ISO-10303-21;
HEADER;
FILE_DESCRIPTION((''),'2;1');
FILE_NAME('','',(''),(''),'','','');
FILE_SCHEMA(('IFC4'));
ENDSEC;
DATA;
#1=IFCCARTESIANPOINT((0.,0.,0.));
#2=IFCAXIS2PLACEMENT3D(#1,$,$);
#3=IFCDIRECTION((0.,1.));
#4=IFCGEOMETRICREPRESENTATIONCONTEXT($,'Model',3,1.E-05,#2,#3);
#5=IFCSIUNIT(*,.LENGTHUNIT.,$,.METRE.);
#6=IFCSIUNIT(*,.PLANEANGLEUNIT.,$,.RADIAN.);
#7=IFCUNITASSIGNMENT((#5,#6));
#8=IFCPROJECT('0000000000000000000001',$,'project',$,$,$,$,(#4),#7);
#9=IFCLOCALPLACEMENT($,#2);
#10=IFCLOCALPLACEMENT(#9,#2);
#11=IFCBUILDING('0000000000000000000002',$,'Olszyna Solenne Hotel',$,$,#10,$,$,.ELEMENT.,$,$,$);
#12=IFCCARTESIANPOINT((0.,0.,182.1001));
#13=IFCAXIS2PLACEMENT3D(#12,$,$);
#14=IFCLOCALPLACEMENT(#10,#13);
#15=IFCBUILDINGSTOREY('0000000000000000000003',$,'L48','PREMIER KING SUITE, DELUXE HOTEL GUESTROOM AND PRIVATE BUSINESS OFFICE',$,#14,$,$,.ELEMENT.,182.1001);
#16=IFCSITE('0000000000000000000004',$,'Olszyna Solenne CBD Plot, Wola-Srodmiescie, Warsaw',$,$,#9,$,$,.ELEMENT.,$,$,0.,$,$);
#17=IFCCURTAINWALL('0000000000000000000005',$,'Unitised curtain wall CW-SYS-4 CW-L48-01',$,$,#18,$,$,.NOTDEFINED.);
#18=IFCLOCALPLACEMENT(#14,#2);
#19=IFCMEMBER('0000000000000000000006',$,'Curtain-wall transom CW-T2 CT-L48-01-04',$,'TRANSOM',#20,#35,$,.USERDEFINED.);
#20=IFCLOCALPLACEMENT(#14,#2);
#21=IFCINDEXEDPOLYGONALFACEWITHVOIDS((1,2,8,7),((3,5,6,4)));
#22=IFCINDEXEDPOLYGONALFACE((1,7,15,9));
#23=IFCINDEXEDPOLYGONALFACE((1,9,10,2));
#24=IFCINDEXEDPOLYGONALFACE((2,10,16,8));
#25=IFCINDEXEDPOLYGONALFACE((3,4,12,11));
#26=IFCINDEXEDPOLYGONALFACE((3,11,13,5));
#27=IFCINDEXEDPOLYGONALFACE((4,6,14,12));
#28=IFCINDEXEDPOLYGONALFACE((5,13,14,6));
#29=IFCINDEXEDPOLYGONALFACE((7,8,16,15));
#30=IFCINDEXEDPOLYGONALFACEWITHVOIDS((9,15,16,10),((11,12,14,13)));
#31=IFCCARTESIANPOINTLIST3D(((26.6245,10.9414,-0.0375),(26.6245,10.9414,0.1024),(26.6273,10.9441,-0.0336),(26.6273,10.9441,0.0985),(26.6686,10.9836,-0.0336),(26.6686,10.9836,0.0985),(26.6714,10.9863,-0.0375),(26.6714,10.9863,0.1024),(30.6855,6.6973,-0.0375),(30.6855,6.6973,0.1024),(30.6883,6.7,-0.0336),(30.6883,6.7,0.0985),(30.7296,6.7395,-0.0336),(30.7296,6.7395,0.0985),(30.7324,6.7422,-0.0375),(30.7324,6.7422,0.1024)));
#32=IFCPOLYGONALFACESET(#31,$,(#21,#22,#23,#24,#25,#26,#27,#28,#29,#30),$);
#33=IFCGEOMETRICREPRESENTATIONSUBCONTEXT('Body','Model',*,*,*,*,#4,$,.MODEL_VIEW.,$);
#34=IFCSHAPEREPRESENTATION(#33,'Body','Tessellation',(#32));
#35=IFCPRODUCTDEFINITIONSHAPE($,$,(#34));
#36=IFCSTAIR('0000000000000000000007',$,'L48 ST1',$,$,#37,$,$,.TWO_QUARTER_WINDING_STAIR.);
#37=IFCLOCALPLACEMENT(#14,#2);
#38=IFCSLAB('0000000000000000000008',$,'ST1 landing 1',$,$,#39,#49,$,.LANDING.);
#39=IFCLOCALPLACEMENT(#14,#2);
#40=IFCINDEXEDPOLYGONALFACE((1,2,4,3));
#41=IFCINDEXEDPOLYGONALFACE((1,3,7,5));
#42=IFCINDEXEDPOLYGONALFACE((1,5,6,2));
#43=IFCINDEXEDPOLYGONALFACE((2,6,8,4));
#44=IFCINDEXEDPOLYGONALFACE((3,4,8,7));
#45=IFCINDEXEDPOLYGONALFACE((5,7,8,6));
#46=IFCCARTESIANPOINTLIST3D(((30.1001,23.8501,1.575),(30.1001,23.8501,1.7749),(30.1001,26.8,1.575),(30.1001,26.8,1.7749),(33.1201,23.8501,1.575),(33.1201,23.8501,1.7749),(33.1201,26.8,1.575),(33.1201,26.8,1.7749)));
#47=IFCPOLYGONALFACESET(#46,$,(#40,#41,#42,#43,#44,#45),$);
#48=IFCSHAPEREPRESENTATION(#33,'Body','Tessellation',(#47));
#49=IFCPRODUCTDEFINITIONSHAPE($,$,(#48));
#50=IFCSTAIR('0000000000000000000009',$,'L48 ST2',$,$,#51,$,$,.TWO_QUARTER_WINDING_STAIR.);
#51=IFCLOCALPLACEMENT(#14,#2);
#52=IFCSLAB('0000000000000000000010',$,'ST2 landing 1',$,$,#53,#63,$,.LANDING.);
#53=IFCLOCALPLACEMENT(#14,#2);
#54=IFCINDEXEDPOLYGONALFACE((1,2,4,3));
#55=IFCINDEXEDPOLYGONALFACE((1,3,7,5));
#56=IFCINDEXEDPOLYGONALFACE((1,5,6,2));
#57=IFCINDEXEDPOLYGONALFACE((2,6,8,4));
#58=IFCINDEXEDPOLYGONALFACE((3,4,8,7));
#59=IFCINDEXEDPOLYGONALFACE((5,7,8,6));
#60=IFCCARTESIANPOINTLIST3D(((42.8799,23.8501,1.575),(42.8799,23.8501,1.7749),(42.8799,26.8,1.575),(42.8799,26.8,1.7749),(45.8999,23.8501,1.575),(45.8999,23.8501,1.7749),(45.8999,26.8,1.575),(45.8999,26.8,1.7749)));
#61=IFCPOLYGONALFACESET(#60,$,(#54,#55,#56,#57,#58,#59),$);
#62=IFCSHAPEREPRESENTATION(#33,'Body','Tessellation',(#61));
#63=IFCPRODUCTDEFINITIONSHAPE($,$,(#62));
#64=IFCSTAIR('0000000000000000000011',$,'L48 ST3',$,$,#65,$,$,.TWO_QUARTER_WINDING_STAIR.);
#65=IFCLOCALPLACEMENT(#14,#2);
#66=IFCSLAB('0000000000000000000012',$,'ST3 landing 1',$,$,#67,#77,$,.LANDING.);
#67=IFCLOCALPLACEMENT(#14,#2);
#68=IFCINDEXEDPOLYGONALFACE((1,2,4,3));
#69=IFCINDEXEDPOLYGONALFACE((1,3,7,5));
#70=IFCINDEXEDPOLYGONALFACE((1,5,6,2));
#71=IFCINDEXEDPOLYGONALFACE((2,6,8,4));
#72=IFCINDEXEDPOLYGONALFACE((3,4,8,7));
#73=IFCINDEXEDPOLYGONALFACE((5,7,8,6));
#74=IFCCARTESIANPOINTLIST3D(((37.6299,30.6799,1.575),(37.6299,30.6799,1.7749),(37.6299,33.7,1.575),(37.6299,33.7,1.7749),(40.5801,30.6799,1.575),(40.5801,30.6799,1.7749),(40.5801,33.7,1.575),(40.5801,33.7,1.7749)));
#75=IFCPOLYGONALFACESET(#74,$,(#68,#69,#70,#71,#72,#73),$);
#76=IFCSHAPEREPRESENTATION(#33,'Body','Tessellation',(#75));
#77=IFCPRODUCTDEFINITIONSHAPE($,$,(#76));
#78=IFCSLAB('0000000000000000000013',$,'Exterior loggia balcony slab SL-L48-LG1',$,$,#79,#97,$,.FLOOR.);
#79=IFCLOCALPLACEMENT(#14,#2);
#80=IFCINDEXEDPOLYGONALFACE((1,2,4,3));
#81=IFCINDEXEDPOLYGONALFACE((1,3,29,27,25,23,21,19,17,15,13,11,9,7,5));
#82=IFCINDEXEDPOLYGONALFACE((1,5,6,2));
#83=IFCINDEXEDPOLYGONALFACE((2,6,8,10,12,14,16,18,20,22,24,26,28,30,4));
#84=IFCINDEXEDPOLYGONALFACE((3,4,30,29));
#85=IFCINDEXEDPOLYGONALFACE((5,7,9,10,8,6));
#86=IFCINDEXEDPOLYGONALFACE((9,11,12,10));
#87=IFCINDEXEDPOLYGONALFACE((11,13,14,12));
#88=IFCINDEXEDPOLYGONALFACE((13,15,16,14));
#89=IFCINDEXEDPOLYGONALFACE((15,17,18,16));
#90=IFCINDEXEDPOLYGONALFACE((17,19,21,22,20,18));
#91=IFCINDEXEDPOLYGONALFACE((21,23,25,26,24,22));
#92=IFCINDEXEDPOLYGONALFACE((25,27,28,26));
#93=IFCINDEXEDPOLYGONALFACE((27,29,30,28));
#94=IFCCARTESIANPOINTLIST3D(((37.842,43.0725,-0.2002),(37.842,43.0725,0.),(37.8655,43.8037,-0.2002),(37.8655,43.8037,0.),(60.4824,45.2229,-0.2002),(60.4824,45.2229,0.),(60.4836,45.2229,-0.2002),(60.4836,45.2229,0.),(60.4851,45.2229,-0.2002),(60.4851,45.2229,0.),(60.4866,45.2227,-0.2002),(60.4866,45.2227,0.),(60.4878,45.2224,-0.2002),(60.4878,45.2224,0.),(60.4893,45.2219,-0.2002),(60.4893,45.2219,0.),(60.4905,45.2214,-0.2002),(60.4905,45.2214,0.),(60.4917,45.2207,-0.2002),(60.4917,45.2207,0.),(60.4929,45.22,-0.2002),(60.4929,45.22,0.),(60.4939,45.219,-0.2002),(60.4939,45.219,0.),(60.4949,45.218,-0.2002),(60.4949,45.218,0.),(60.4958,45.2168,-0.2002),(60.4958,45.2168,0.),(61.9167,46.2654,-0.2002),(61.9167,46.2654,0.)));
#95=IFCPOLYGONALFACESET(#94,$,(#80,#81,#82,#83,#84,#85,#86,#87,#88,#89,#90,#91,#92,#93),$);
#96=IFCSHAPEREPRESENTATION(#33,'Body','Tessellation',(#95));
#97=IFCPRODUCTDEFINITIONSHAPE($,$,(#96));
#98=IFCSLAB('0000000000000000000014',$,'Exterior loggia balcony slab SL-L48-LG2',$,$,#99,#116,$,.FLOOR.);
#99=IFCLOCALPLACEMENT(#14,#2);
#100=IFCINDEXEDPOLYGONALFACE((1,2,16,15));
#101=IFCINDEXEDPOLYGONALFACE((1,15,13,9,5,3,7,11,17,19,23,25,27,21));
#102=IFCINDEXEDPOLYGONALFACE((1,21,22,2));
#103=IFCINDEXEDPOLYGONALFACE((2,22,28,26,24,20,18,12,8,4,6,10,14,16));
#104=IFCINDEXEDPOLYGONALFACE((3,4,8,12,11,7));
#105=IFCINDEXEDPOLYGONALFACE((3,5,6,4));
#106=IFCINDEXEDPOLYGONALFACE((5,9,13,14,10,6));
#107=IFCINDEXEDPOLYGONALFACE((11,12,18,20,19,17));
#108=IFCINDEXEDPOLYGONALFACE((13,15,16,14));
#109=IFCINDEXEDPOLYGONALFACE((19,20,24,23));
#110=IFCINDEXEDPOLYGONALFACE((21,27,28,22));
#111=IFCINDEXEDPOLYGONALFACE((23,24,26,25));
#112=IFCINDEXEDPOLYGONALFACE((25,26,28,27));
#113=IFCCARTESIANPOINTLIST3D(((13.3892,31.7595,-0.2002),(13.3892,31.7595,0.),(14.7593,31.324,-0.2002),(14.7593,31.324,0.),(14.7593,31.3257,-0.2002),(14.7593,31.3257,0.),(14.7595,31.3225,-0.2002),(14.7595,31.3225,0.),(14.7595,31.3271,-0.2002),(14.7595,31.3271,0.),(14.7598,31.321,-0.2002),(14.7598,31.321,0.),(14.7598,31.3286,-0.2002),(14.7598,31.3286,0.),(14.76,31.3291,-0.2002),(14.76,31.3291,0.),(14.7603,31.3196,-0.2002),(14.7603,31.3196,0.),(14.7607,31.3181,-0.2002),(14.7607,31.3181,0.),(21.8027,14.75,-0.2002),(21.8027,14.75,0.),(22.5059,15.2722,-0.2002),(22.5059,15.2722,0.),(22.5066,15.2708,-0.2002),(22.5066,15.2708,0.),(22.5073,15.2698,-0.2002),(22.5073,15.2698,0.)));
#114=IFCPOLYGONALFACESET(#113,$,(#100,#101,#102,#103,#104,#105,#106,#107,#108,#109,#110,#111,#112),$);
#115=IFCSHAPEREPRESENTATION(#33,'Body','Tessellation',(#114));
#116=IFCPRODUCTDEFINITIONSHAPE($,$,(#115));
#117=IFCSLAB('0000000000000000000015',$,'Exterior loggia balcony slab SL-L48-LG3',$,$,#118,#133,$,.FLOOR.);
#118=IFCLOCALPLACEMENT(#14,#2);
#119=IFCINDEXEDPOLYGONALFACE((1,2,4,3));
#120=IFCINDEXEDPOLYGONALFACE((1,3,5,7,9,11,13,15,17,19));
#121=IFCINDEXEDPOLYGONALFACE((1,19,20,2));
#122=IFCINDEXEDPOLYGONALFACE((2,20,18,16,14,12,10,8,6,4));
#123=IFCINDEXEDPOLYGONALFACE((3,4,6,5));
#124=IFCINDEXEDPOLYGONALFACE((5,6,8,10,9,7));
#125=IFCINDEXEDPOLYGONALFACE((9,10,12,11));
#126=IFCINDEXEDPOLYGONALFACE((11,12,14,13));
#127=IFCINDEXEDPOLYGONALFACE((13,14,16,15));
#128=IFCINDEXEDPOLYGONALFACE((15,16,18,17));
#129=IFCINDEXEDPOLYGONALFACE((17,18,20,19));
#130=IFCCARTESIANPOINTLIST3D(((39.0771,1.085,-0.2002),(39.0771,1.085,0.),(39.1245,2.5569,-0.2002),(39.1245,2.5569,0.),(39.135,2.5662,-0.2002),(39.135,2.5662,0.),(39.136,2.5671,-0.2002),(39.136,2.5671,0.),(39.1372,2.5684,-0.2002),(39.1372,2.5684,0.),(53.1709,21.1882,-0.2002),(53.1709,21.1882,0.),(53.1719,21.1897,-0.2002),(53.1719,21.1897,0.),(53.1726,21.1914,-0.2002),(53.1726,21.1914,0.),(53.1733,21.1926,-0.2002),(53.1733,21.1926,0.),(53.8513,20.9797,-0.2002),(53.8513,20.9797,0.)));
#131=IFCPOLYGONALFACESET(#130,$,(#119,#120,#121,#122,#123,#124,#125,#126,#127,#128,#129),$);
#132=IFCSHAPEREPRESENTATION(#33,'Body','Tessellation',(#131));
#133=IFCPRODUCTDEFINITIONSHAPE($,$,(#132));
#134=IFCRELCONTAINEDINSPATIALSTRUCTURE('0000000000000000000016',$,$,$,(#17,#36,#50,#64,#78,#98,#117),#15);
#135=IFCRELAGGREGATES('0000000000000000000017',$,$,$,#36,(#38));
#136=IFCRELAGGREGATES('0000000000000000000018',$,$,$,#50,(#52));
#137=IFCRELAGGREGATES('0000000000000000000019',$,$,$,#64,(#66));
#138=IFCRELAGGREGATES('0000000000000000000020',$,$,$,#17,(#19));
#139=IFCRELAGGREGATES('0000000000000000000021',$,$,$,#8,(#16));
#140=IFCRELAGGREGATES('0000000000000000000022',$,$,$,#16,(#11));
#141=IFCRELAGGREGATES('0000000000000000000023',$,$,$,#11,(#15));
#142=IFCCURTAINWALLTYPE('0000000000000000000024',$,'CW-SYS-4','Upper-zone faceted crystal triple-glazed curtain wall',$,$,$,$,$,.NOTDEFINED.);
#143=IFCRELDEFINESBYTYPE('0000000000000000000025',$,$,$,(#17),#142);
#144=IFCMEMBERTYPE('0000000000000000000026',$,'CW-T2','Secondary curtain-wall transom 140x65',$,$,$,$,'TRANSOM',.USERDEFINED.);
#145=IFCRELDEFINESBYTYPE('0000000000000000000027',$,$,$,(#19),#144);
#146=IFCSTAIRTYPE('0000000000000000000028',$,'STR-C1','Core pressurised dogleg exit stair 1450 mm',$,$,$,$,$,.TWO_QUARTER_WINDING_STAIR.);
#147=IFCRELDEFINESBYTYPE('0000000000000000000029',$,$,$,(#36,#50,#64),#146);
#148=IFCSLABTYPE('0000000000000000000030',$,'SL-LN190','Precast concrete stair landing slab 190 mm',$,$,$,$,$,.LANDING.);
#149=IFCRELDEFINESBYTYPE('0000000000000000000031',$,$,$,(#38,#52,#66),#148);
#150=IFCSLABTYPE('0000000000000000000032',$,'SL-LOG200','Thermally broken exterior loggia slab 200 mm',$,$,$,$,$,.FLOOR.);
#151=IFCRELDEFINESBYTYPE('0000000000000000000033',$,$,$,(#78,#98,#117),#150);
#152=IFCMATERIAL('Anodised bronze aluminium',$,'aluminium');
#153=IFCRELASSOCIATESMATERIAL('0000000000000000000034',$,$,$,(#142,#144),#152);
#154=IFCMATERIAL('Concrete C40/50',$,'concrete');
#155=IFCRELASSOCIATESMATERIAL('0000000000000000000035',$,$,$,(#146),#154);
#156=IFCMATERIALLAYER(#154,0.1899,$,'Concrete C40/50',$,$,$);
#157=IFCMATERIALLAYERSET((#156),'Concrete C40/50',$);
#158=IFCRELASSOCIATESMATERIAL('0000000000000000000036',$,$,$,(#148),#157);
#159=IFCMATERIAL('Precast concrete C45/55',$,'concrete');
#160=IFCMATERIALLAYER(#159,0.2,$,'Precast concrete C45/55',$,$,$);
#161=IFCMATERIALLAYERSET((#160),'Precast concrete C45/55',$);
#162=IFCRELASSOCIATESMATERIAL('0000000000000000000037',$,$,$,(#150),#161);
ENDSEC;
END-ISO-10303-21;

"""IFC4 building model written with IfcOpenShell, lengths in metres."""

from ifc_helpers import new_model, si_unit, direction, frame, origin, origin_2d, place, context, subcontext, project, spatial, polyline, hollow_rectangle, outline, extrude, source, transform, mapped, material, layer, layer_set, material_profile, profile_set, type_object, element, aggregate, save


model = new_model("IFC4")

# Units and contexts
model_context = context("Model", 3, precision=1e-05, world=origin(), true_north=direction((0.0, 1.0)))
body_context = subcontext(model_context, "Body", "Model", "MODEL_VIEW")
ifc_project = project(units=[si_unit("LENGTHUNIT", "METRE"), si_unit("PLANEANGLEUNIT", "RADIAN")], contexts=[model_context])

# Site, building, storey
site_placement = place(None, origin())
site = spatial("IfcSite", under=ifc_project, at=site_placement, Name="Olszyna Solenne CBD Plot, Wola-Srodmiescie, Warsaw", CompositionType="ELEMENT", RefElevation=0.0)
building_placement = place(site_placement, origin())
building = spatial("IfcBuilding", under=site, at=building_placement, Name="Olszyna Solenne Hotel", CompositionType="ELEMENT")
storey_placement = place(building_placement, frame((0.0, 0.0, 182.1001)))
storey = spatial("IfcBuildingStorey", under=building, at=storey_placement, Name="L48", Description="PREMIER KING SUITE, DELUXE HOTEL GUESTROOM AND PRIVATE BUSINESS OFFICE", CompositionType="ELEMENT", Elevation=182.1001)

# Curtain wall, member
ifc_material_1 = material(Name="Anodised bronze aluminium", Category="aluminium")
curtain_wall_type = type_object("IfcCurtainWallType", Name="CW-SYS-4", Description="Upper-zone faceted crystal triple-glazed curtain wall", PredefinedType="NOTDEFINED", material=ifc_material_1)
curtain_wall_placement = place(storey_placement, origin())
curtain_wall = element("IfcCurtainWall", 1, at=curtain_wall_placement, inside=storey, type_object=curtain_wall_type, Name="Unitised curtain wall CW-SYS-4 CW-L48-01", PredefinedType="NOTDEFINED")
ifc_material_profile_1 = material_profile(ifc_material_1, hollow_rectangle(XDim=0.0649, YDim=0.1399, WallThickness=0.0039, at=origin_2d()), Name="TRAN 140x65x4", Category="load-bearing")
ifc_profile_set_1 = profile_set([ifc_material_profile_1], Name="Anodised bronze aluminium")
member_type_1 = type_object("IfcMemberType", Name="CW-T2", Description="Secondary curtain-wall transom 140x65", ElementType="TRANSOM", PredefinedType="USERDEFINED", material=ifc_profile_set_1)
shared_shape_1 = source(origin(), body_context, "Body", "SweptSolid", [
    extrude(hollow_rectangle(XDim=0.0649, YDim=0.1399, WallThickness=0.0039, at=origin_2d()), origin(), (0.0, 0.0, 1.0), 5.874),
])
member_1_placement = place(storey_placement, frame((26.6479, 10.9639, 0.0325), z_axis=(0.691349, -0.722521, 0.0), x_axis=(0.722521, 0.691349, 0.0)))
member_1 = element("IfcMember", 2, at=member_1_placement, type_object=member_type_1, Name="Curtain-wall transom CW-T2 CT-L48-01-04", ObjectType="TRANSOM", PredefinedType="USERDEFINED", context=body_context, shape_type="MappedRepresentation", body=[
    mapped(shared_shape_1, transform((0.0, 0.0, 0.0), x_axis=(1.0, 0.0, 0.0), y_axis=(0.0, 1.0, 0.0), z_axis=(0.0, 0.0, 1.0), scale=1.0)),
])

# Stairs, slabs
ifc_material_2 = material(Name="Concrete C40/50", Category="concrete")
stair_type = type_object("IfcStairType", Name="STR-C1", Description="Core pressurised dogleg exit stair 1450 mm", PredefinedType="TWO_QUARTER_WINDING_STAIR", material=ifc_material_2)
stair_1_placement = place(storey_placement, origin())
stair_1 = element("IfcStair", 3, at=stair_1_placement, inside=storey, type_object=stair_type, Name="L48 ST1", PredefinedType="TWO_QUARTER_WINDING_STAIR")
ifc_layer_1 = layer(ifc_material_2, 0.1899, Name="Concrete C40/50")
ifc_layer_set_1 = layer_set([ifc_layer_1], Name="Concrete C40/50")
slab_type_1 = type_object("IfcSlabType", Name="SL-LN190", Description="Precast concrete stair landing slab 190 mm", PredefinedType="LANDING", material=ifc_layer_set_1)
slab_1_placement = place(storey_placement, frame((0.0, 0.0, 1.575)))
slab_1 = element("IfcSlab", 4, at=slab_1_placement, type_object=slab_type_1, Name="ST1 landing 1", PredefinedType="LANDING", context=body_context, shape_type="SweptSolid", body=[
    extrude(outline(polyline([(33.1201, 23.8501), (33.1201, 26.8), (30.1001, 26.8), (30.1001, 23.8501), (33.1201, 23.8501)])), origin(), (0.0, 0.0, 1.0), 0.2),
])
aggregate(stair_1, [slab_1])
stair_2_placement = place(storey_placement, origin())
stair_2 = element("IfcStair", 5, at=stair_2_placement, inside=storey, type_object=stair_type, Name="L48 ST2", PredefinedType="TWO_QUARTER_WINDING_STAIR")
slab_2_placement = place(storey_placement, frame((0.0, 0.0, 1.575)))
slab_2 = element("IfcSlab", 6, at=slab_2_placement, type_object=slab_type_1, Name="ST2 landing 1", PredefinedType="LANDING", context=body_context, shape_type="SweptSolid", body=[
    extrude(outline(polyline([(45.8999, 23.8501), (45.8999, 26.8), (42.8799, 26.8), (42.8799, 23.8501), (45.8999, 23.8501)])), origin(), (0.0, 0.0, 1.0), 0.2),
])
aggregate(stair_2, [slab_2])
stair_3_placement = place(storey_placement, origin())
stair_3 = element("IfcStair", 7, at=stair_3_placement, inside=storey, type_object=stair_type, Name="L48 ST3", PredefinedType="TWO_QUARTER_WINDING_STAIR")
slab_3_placement = place(storey_placement, frame((0.0, 0.0, 1.575)))
slab_3 = element("IfcSlab", 8, at=slab_3_placement, type_object=slab_type_1, Name="ST3 landing 1", PredefinedType="LANDING", context=body_context, shape_type="SweptSolid", body=[
    extrude(outline(polyline([(37.6299, 30.6799), (40.5801, 30.6799), (40.5801, 33.7), (37.6299, 33.7), (37.6299, 30.6799)])), origin(), (0.0, 0.0, 1.0), 0.2),
])
aggregate(stair_3, [slab_3])

# Slabs
ifc_material_3 = material(Name="Precast concrete C45/55", Category="concrete")
ifc_layer_2 = layer(ifc_material_3, 0.2, Name="Precast concrete C45/55")
ifc_layer_set_2 = layer_set([ifc_layer_2], Name="Precast concrete C45/55")
slab_type_2 = type_object("IfcSlabType", Name="SL-LOG200", Description="Thermally broken exterior loggia slab 200 mm", PredefinedType="FLOOR", material=ifc_layer_set_2)
slab_4_placement = place(storey_placement, frame((0.0, 0.0, -0.2002)))
element("IfcSlab", 9, at=slab_4_placement, inside=storey, type_object=slab_type_2, Name="Exterior loggia balcony slab SL-L48-LG1", PredefinedType="FLOOR", context=body_context, shape_type="SweptSolid", body=[
    extrude(outline(polyline([(37.842, 43.0725), (60.4824, 45.2229), (60.4836, 45.2229), (60.4851, 45.2229), (60.4866, 45.2227), (60.4878, 45.2224), (60.4893, 45.2219), (60.4905, 45.2214), (60.4917, 45.2207), (60.4929, 45.22), (60.4939, 45.219), (60.4949, 45.218), (60.4958, 45.2168), (61.9167, 46.2654), (37.8655, 43.8037), (37.842, 43.0725)])), origin(), (0.0, 0.0, 1.0), 0.2002),
])
slab_5_placement = place(storey_placement, frame((0.0, 0.0, -0.2002)))
element("IfcSlab", 10, at=slab_5_placement, inside=storey, type_object=slab_type_2, Name="Exterior loggia balcony slab SL-L48-LG2", PredefinedType="FLOOR", context=body_context, shape_type="SweptSolid", body=[
    extrude(outline(polyline([(22.5073, 15.2698), (22.5066, 15.2708), (22.5059, 15.2722), (14.7607, 31.3181), (14.7603, 31.3196), (14.7598, 31.321), (14.7595, 31.3225), (14.7593, 31.324), (14.7593, 31.3257), (14.7595, 31.3271), (14.7598, 31.3286), (14.76, 31.3291), (13.3892, 31.7595), (21.8027, 14.75), (22.5073, 15.2698)])), origin(), (0.0, 0.0, 1.0), 0.2002),
])
slab_6_placement = place(storey_placement, frame((0.0, 0.0, -0.2002)))
element("IfcSlab", 11, at=slab_6_placement, inside=storey, type_object=slab_type_2, Name="Exterior loggia balcony slab SL-L48-LG3", PredefinedType="FLOOR", context=body_context, shape_type="SweptSolid", body=[
    extrude(outline(polyline([(53.1733, 21.1926), (53.1726, 21.1914), (53.1719, 21.1897), (53.1709, 21.1882), (39.1372, 2.5684), (39.136, 2.5671), (39.135, 2.5662), (39.1245, 2.5569), (39.0771, 1.085), (53.8513, 20.9797), (53.1733, 21.1926)])), origin(), (0.0, 0.0, 1.0), 0.2002),
])

aggregate(curtain_wall, [member_1])

save(model, "model.ifc")
